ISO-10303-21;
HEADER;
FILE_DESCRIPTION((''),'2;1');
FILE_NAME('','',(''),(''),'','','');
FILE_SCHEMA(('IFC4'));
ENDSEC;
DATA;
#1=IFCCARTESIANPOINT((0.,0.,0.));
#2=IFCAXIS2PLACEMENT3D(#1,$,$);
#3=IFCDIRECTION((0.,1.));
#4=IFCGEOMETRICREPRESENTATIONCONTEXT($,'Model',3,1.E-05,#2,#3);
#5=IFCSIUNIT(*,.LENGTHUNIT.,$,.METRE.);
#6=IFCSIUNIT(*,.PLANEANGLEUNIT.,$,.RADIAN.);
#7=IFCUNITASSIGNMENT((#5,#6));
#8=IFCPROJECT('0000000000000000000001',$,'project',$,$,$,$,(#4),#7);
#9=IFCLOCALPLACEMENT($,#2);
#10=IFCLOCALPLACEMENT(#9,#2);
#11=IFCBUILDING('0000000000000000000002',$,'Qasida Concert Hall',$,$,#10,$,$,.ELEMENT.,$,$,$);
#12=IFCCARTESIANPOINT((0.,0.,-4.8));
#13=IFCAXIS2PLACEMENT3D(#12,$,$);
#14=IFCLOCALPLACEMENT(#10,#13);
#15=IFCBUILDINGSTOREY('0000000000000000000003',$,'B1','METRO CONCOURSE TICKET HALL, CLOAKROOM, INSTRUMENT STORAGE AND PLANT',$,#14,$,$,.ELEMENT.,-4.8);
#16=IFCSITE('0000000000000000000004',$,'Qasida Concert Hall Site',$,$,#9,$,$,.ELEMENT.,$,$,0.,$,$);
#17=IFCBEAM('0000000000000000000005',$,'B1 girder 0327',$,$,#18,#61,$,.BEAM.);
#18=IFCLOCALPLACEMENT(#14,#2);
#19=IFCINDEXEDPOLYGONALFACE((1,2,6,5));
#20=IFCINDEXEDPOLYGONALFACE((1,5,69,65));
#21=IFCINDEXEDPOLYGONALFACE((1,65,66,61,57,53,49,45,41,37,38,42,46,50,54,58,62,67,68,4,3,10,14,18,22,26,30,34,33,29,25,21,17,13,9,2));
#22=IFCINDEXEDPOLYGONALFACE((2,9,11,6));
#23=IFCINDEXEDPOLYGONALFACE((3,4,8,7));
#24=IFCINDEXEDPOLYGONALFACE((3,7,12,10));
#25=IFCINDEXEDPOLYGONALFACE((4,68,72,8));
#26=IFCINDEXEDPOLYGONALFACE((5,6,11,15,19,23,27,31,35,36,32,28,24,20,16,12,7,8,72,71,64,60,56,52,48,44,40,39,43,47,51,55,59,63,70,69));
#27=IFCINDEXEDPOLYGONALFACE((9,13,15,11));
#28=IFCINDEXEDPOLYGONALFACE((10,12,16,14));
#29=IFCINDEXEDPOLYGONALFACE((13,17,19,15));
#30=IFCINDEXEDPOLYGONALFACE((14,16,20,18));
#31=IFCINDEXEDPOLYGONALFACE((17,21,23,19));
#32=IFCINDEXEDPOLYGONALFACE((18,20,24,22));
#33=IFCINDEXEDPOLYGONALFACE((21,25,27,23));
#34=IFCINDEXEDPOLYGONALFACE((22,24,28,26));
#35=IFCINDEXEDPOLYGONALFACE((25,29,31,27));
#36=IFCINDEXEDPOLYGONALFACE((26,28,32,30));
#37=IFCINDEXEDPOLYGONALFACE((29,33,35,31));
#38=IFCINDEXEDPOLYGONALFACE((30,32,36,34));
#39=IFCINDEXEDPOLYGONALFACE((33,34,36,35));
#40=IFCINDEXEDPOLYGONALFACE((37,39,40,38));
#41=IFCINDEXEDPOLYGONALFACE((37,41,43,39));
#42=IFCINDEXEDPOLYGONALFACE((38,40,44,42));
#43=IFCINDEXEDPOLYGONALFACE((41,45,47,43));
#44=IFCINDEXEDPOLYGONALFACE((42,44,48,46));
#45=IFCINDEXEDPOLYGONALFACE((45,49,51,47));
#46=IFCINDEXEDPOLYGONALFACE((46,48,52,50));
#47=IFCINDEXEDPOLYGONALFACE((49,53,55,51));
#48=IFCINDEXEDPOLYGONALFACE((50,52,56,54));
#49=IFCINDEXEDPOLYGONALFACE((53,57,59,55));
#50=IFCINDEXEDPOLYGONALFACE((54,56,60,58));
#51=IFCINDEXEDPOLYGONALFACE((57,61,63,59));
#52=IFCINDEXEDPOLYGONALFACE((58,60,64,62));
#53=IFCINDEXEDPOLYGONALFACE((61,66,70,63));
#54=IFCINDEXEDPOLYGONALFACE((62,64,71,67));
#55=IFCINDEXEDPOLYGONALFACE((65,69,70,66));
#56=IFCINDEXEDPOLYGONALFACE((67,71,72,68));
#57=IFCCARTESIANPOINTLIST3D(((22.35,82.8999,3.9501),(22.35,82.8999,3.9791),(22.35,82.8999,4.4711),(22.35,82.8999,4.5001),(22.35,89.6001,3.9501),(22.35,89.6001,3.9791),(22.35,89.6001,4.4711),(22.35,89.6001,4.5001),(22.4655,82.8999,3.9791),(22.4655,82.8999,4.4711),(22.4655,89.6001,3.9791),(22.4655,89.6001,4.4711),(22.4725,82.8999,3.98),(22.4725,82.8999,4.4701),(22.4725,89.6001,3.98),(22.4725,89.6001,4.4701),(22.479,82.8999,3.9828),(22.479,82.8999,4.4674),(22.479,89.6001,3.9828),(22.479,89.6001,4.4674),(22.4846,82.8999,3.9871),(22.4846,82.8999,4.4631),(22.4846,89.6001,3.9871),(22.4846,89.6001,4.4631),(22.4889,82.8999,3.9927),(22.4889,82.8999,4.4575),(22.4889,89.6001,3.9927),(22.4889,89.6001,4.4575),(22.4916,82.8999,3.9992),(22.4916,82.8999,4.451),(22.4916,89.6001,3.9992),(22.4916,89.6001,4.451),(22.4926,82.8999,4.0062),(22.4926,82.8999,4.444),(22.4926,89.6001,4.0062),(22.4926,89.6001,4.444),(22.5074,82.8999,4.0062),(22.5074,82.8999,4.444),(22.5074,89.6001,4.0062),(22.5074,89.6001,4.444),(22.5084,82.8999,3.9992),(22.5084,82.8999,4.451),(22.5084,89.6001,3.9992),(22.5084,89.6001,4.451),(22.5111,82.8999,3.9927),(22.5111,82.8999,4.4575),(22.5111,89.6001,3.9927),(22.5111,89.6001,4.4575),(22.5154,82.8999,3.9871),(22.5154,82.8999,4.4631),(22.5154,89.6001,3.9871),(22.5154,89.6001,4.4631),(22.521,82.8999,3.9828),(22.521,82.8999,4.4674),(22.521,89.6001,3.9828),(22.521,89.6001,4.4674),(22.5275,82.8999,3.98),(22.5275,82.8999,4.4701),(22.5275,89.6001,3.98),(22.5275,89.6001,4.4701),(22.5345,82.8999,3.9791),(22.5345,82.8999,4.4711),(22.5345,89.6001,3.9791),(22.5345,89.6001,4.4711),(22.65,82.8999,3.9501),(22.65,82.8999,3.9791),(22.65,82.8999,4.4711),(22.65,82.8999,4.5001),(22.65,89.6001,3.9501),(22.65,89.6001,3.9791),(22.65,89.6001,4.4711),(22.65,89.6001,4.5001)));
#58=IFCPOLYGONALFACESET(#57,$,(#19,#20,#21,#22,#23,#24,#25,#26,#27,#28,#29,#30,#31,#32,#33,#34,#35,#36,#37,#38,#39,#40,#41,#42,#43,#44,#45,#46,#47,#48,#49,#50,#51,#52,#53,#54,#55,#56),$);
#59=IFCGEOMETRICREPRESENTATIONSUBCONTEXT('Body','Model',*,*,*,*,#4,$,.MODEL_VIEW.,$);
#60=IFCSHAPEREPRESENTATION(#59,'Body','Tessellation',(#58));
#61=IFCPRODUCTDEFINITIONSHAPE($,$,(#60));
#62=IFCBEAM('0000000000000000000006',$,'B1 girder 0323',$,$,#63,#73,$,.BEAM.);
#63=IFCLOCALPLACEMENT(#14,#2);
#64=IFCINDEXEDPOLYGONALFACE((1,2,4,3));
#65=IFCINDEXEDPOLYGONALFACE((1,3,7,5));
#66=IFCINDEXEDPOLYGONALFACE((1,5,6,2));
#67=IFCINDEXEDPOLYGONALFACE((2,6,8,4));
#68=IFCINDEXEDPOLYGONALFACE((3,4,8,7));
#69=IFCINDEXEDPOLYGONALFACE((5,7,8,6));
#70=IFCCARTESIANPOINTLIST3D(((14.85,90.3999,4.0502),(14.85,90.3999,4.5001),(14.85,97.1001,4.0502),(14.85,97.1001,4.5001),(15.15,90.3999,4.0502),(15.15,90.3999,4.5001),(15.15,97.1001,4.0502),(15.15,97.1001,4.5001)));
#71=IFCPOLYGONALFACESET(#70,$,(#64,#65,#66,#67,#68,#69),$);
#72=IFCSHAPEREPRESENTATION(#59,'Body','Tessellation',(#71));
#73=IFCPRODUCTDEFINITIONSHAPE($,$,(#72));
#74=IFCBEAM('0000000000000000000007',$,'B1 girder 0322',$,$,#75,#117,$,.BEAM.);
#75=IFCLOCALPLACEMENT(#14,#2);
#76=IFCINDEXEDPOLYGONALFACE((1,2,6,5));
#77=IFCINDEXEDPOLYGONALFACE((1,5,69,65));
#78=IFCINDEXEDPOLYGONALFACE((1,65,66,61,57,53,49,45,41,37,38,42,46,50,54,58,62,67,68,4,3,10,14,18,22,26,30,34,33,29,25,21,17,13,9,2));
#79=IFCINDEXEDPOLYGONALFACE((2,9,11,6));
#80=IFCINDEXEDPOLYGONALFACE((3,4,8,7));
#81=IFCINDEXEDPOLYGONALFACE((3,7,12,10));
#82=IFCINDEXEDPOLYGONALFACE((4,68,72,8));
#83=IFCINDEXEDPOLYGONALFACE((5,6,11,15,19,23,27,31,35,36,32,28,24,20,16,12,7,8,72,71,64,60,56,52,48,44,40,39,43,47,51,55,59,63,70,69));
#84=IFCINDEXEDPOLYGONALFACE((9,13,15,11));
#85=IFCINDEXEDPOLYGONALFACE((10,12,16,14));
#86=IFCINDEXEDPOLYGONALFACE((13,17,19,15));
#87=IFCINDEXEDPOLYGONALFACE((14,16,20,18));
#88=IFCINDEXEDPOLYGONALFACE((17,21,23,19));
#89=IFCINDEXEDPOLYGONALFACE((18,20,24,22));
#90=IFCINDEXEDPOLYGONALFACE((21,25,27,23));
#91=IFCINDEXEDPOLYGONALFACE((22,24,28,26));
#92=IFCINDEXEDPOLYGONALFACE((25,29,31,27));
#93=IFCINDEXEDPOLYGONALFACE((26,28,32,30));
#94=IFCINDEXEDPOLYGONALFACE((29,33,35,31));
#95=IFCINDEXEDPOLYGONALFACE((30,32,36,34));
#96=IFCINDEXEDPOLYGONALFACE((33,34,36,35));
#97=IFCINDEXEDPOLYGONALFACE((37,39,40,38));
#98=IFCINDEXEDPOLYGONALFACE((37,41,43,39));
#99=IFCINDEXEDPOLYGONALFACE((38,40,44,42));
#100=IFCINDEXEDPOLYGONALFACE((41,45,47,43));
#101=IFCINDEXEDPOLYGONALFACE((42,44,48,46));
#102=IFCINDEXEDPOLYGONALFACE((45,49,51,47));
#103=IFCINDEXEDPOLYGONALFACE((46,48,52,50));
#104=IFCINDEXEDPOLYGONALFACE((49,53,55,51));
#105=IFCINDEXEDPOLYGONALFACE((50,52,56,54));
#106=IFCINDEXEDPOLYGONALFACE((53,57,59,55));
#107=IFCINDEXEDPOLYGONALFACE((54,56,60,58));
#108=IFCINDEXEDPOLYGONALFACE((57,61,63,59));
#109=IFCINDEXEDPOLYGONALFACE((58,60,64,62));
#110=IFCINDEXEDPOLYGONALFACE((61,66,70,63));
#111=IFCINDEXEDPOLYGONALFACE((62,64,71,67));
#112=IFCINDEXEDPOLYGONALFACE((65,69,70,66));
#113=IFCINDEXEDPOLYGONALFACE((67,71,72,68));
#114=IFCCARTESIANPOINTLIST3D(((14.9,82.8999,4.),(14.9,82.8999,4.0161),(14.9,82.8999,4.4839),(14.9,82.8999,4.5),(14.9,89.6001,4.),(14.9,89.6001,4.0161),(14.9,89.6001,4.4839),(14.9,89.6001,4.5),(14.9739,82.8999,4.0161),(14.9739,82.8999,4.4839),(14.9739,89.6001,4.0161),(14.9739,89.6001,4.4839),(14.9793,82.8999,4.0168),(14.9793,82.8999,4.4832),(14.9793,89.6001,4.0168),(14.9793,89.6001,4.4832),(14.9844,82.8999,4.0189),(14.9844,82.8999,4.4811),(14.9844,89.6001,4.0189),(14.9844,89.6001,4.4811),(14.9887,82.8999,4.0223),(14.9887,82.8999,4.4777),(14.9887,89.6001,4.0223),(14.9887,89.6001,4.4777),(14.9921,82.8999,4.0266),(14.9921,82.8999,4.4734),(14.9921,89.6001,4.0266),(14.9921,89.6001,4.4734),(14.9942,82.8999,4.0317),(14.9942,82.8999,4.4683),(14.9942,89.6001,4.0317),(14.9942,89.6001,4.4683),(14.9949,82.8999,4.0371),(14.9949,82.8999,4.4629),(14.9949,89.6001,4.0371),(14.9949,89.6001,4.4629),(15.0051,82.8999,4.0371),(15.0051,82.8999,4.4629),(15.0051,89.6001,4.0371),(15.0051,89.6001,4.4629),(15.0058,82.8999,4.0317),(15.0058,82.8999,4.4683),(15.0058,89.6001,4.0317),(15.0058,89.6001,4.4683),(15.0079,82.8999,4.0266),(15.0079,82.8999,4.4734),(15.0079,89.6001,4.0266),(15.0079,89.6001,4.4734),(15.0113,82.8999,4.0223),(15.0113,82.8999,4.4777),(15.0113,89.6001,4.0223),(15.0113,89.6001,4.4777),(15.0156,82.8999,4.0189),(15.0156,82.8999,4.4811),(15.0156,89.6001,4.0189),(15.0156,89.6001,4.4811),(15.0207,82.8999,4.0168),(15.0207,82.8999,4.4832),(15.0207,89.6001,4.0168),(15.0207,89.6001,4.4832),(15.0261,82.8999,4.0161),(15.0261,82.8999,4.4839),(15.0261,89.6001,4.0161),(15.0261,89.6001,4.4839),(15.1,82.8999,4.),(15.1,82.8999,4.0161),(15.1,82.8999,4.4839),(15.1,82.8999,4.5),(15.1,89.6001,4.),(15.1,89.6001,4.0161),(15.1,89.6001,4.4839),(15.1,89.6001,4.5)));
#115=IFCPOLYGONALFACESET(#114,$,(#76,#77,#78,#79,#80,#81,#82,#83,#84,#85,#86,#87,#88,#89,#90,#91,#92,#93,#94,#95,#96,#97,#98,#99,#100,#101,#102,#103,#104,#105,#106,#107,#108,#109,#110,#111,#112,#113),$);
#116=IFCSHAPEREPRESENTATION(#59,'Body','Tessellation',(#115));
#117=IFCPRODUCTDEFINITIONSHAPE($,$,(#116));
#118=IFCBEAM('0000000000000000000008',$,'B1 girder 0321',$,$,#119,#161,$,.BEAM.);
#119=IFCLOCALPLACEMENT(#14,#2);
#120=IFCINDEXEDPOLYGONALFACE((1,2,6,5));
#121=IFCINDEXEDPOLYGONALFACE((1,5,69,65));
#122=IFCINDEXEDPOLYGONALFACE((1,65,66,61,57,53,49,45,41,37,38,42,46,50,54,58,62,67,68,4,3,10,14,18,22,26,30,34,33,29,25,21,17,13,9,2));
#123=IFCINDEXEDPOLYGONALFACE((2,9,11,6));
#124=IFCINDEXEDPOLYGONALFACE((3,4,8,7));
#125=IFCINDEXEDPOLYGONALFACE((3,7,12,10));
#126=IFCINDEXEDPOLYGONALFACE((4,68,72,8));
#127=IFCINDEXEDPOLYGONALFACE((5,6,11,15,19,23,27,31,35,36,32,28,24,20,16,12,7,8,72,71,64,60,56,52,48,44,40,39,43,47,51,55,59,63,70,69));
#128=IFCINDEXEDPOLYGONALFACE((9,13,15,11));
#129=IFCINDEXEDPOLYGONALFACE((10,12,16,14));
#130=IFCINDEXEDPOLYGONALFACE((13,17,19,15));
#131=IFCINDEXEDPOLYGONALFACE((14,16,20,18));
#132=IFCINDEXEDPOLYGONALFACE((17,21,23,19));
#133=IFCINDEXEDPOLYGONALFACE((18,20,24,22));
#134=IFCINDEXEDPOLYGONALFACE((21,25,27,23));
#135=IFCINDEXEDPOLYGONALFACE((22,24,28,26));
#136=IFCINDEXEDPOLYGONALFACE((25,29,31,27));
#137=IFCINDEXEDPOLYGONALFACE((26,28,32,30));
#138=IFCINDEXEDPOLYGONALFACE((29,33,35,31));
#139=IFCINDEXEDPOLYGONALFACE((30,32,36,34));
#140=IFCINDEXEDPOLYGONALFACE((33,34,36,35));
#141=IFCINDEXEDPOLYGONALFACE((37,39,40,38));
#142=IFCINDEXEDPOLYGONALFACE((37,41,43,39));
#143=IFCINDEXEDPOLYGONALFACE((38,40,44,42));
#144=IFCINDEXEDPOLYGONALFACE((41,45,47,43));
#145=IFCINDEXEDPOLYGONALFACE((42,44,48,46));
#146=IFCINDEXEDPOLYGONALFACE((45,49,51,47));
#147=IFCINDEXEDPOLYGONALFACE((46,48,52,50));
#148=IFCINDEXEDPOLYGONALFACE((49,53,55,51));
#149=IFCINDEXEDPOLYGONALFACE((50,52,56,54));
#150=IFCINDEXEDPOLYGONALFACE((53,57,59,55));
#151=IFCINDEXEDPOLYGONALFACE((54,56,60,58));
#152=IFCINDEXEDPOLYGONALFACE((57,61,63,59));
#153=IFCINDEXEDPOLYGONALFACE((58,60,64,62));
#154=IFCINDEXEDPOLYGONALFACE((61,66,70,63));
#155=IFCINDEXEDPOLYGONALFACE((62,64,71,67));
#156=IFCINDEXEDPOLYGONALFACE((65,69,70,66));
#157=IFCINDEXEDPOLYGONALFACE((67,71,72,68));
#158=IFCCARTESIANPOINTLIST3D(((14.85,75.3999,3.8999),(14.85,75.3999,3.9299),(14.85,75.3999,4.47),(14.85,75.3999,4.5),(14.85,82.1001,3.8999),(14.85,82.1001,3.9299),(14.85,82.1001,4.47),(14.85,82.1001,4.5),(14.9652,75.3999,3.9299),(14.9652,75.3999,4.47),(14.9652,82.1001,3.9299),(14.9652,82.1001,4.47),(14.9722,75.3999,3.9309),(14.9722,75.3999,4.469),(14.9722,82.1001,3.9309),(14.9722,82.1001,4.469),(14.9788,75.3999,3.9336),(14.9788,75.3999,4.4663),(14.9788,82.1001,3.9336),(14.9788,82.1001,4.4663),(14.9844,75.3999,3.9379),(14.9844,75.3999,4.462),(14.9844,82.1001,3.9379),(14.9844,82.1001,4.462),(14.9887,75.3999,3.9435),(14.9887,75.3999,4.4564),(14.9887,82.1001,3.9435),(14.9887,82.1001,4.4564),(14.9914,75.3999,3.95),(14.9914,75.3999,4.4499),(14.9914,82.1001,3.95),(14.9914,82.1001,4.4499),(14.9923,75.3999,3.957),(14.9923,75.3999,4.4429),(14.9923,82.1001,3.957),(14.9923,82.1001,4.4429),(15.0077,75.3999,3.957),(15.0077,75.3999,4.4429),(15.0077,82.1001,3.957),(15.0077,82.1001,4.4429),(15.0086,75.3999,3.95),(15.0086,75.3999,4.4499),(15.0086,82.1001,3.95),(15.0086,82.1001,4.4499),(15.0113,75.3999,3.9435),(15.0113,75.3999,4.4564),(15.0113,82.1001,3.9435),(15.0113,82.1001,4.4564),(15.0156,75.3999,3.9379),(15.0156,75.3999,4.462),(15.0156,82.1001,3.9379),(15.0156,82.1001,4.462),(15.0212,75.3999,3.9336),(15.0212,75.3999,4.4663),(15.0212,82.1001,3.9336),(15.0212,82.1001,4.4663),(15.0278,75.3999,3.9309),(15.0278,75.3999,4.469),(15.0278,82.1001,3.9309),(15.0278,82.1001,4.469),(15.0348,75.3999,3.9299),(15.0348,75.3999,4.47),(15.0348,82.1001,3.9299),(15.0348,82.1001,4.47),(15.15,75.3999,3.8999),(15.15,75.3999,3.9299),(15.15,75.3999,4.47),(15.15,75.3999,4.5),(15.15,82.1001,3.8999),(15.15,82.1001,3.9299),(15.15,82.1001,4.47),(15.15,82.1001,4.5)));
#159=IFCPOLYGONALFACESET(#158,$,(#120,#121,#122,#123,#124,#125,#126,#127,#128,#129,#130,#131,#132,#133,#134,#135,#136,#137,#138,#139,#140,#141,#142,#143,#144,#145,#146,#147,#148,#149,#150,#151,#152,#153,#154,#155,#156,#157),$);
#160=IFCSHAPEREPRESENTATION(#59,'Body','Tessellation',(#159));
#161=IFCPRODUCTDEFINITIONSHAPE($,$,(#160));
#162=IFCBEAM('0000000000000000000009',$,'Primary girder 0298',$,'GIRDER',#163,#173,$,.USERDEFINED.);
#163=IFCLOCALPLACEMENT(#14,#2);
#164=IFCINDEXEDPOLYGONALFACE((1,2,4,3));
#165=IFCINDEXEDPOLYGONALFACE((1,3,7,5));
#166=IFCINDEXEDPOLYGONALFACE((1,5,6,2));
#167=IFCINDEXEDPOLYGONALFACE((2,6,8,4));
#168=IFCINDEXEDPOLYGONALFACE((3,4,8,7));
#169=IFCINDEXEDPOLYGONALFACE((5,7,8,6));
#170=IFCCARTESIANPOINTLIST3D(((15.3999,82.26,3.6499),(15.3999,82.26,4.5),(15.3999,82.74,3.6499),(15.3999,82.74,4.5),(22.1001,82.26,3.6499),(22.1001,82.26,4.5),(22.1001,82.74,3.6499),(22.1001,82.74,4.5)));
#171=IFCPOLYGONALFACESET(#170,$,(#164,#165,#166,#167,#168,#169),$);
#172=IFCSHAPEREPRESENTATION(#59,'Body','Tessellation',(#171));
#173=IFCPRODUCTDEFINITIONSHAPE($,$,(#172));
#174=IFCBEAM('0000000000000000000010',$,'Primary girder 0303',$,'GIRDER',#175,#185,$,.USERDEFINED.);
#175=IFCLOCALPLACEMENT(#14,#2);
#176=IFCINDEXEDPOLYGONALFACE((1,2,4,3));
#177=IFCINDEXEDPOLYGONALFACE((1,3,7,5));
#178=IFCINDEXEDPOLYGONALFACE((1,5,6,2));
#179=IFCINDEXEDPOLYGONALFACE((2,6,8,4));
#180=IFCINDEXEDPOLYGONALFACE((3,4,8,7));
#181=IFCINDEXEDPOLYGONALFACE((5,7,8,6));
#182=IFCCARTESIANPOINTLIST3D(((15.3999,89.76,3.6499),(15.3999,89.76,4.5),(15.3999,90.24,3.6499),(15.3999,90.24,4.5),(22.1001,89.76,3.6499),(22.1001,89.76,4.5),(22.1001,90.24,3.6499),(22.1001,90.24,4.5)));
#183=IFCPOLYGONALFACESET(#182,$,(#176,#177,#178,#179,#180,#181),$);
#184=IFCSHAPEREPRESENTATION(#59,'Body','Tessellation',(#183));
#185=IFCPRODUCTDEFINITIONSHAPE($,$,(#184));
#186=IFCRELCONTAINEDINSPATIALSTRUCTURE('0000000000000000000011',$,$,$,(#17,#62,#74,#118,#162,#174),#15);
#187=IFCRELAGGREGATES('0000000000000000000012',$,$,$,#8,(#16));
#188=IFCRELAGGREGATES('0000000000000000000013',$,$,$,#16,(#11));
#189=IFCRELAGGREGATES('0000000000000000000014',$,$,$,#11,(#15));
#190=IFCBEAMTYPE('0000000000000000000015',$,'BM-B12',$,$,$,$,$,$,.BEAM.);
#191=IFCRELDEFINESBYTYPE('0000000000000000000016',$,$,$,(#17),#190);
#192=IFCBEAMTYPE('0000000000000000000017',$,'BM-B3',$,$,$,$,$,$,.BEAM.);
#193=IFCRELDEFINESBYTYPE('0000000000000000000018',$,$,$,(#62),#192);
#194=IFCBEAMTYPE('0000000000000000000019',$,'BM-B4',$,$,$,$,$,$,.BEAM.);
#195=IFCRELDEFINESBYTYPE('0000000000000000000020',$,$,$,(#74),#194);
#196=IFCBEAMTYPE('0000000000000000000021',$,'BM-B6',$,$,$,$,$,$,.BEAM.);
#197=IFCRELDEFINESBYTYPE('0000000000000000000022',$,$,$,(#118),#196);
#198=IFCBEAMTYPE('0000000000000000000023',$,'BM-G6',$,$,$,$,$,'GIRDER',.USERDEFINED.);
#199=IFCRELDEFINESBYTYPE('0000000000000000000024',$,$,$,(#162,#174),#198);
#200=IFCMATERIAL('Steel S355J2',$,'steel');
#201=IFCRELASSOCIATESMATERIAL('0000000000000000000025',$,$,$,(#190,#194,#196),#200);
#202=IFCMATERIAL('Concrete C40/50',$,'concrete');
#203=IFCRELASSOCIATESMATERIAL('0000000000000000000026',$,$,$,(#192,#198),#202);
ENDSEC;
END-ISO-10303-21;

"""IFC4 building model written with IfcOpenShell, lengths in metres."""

from ifc_helpers import new_model, si_unit, direction, frame, origin, origin_2d, place, context, subcontext, project, spatial, rectangle, i_section, extrude, material, material_profile, profile_set, type_object, element, save


model = new_model("IFC4")

# Units and contexts
model_context = context("Model", 3, precision=1e-05, world=origin(), true_north=direction((0.0, 1.0)))
body_context = subcontext(model_context, "Body", "Model", "MODEL_VIEW")
ifc_project = project(units=[si_unit("LENGTHUNIT", "METRE"), si_unit("PLANEANGLEUNIT", "RADIAN")], contexts=[model_context])

# Site, building, storey
site_placement = place(None, origin())
site = spatial("IfcSite", under=ifc_project, at=site_placement, Name="Qasida Concert Hall Site", CompositionType="ELEMENT", RefElevation=0.0)
building_placement = place(site_placement, origin())
building = spatial("IfcBuilding", under=site, at=building_placement, Name="Qasida Concert Hall", CompositionType="ELEMENT")
storey_placement = place(building_placement, frame((0.0, 0.0, -4.8)))
storey = spatial("IfcBuildingStorey", under=building, at=storey_placement, Name="B1", Description="METRO CONCOURSE TICKET HALL, CLOAKROOM, INSTRUMENT STORAGE AND PLANT", CompositionType="ELEMENT", Elevation=-4.8)

# Shared definitions
ifc_material_1 = material(Name="Concrete C40/50", Category="concrete")

# Beams
ifc_material_2 = material(Name="Steel S355J2", Category="steel")
ifc_material_profile_1 = material_profile(ifc_material_2, i_section(OverallWidth=0.3, OverallDepth=0.55, WebThickness=0.0149, FlangeThickness=0.0291, FilletRadius=0.0271, at=origin_2d()), Name="HEB 550")
ifc_profile_set_1 = profile_set([ifc_material_profile_1], Name="Steel S355J2")
beam_type_1 = type_object("IfcBeamType", Name="BM-B12", PredefinedType="BEAM", material=ifc_profile_set_1)
beam_1_placement = place(storey_placement, frame((22.5, 82.8999, 4.2251), z_axis=(0.0, 1.0, 0.0), x_axis=(-1.0, 0.0, 0.0)))
element("IfcBeam", 1, at=beam_1_placement, inside=storey, type_object=beam_type_1, Name="B1 girder 0327", PredefinedType="BEAM", context=body_context, shape_type="SweptSolid", body=[
    extrude(i_section(OverallWidth=0.3, OverallDepth=0.55, WebThickness=0.0149, FlangeThickness=0.0291, FilletRadius=0.0271, at=origin_2d()), origin(), (0.0, 0.0, 1.0), 6.7002),
])
ifc_material_profile_2 = material_profile(ifc_material_1, rectangle(XDim=0.3, YDim=0.45, at=origin_2d()), Name="RC 300x450")
ifc_profile_set_2 = profile_set([ifc_material_profile_2], Name="Concrete C40/50")
beam_type_2 = type_object("IfcBeamType", Name="BM-B3", PredefinedType="BEAM", material=ifc_profile_set_2)
beam_2_placement = place(storey_placement, frame((15.0, 90.3999, 4.2751), z_axis=(0.0, 1.0, 0.0), x_axis=(-1.0, 0.0, 0.0)))
element("IfcBeam", 2, at=beam_2_placement, inside=storey, type_object=beam_type_2, Name="B1 girder 0323", PredefinedType="BEAM", context=body_context, shape_type="SweptSolid", body=[
    extrude(rectangle(XDim=0.3, YDim=0.45, at=origin_2d()), origin(), (0.0, 0.0, 1.0), 6.7002),
])
ifc_material_profile_3 = material_profile(ifc_material_2, i_section(OverallWidth=0.2, OverallDepth=0.5, WebThickness=0.0103, FlangeThickness=0.0161, FilletRadius=0.021, at=origin_2d()), Name="IPE 500")
ifc_profile_set_3 = profile_set([ifc_material_profile_3], Name="Steel S355J2")
beam_type_3 = type_object("IfcBeamType", Name="BM-B4", PredefinedType="BEAM", material=ifc_profile_set_3)
beam_3_placement = place(storey_placement, frame((15.0, 82.8999, 4.25), z_axis=(0.0, 1.0, 0.0), x_axis=(-1.0, 0.0, 0.0)))
element("IfcBeam", 3, at=beam_3_placement, inside=storey, type_object=beam_type_3, Name="B1 girder 0322", PredefinedType="BEAM", context=body_context, shape_type="SweptSolid", body=[
    extrude(i_section(OverallWidth=0.2, OverallDepth=0.5, WebThickness=0.0103, FlangeThickness=0.0161, FilletRadius=0.021, at=origin_2d()), origin(), (0.0, 0.0, 1.0), 6.7002),
])
ifc_material_profile_4 = material_profile(ifc_material_2, i_section(OverallWidth=0.3, OverallDepth=0.6001, WebThickness=0.0154, FlangeThickness=0.03, FilletRadius=0.0271, at=origin_2d()), Name="HEB 600")
ifc_profile_set_4 = profile_set([ifc_material_profile_4], Name="Steel S355J2")
beam_type_4 = type_object("IfcBeamType", Name="BM-B6", PredefinedType="BEAM", material=ifc_profile_set_4)
beam_4_placement = place(storey_placement, frame((15.0, 75.3999, 4.2), z_axis=(0.0, 1.0, 0.0), x_axis=(-1.0, 0.0, 0.0)))
element("IfcBeam", 4, at=beam_4_placement, inside=storey, type_object=beam_type_4, Name="B1 girder 0321", PredefinedType="BEAM", context=body_context, shape_type="SweptSolid", body=[
    extrude(i_section(OverallWidth=0.3, OverallDepth=0.6001, WebThickness=0.0154, FlangeThickness=0.03, FilletRadius=0.0271, at=origin_2d()), origin(), (0.0, 0.0, 1.0), 6.7002),
])
ifc_material_profile_5 = material_profile(ifc_material_1, rectangle(XDim=0.48, YDim=0.8501, at=origin_2d()), Name="RC 480x850")
ifc_profile_set_5 = profile_set([ifc_material_profile_5], Name="Concrete C40/50")
beam_type_5 = type_object("IfcBeamType", Name="BM-G6", ElementType="GIRDER", PredefinedType="USERDEFINED", material=ifc_profile_set_5)
for number, where, z_axis, x_axis, name in (
    (5, (15.3999, 82.5, 4.075), (1.0, 0.0, 0.0), (0.0, 1.0, 0.0), "Primary girder 0298"),
    (6, (15.3999, 90.0, 4.075), (1.0, 0.0, 0.0), (0.0, 1.0, 0.0), "Primary girder 0303"),
):
    element("IfcBeam", number, at=place(storey_placement, frame(where, z_axis=z_axis, x_axis=x_axis)), inside=storey, type_object=beam_type_5, Name=name, ObjectType="GIRDER", PredefinedType="USERDEFINED", context=body_context, shape_type="SweptSolid", body=[
        extrude(rectangle(XDim=0.48, YDim=0.8501, at=origin_2d()), origin(), (0.0, 0.0, 1.0), 6.7002),
    ])

save(model, "model.ifc")
